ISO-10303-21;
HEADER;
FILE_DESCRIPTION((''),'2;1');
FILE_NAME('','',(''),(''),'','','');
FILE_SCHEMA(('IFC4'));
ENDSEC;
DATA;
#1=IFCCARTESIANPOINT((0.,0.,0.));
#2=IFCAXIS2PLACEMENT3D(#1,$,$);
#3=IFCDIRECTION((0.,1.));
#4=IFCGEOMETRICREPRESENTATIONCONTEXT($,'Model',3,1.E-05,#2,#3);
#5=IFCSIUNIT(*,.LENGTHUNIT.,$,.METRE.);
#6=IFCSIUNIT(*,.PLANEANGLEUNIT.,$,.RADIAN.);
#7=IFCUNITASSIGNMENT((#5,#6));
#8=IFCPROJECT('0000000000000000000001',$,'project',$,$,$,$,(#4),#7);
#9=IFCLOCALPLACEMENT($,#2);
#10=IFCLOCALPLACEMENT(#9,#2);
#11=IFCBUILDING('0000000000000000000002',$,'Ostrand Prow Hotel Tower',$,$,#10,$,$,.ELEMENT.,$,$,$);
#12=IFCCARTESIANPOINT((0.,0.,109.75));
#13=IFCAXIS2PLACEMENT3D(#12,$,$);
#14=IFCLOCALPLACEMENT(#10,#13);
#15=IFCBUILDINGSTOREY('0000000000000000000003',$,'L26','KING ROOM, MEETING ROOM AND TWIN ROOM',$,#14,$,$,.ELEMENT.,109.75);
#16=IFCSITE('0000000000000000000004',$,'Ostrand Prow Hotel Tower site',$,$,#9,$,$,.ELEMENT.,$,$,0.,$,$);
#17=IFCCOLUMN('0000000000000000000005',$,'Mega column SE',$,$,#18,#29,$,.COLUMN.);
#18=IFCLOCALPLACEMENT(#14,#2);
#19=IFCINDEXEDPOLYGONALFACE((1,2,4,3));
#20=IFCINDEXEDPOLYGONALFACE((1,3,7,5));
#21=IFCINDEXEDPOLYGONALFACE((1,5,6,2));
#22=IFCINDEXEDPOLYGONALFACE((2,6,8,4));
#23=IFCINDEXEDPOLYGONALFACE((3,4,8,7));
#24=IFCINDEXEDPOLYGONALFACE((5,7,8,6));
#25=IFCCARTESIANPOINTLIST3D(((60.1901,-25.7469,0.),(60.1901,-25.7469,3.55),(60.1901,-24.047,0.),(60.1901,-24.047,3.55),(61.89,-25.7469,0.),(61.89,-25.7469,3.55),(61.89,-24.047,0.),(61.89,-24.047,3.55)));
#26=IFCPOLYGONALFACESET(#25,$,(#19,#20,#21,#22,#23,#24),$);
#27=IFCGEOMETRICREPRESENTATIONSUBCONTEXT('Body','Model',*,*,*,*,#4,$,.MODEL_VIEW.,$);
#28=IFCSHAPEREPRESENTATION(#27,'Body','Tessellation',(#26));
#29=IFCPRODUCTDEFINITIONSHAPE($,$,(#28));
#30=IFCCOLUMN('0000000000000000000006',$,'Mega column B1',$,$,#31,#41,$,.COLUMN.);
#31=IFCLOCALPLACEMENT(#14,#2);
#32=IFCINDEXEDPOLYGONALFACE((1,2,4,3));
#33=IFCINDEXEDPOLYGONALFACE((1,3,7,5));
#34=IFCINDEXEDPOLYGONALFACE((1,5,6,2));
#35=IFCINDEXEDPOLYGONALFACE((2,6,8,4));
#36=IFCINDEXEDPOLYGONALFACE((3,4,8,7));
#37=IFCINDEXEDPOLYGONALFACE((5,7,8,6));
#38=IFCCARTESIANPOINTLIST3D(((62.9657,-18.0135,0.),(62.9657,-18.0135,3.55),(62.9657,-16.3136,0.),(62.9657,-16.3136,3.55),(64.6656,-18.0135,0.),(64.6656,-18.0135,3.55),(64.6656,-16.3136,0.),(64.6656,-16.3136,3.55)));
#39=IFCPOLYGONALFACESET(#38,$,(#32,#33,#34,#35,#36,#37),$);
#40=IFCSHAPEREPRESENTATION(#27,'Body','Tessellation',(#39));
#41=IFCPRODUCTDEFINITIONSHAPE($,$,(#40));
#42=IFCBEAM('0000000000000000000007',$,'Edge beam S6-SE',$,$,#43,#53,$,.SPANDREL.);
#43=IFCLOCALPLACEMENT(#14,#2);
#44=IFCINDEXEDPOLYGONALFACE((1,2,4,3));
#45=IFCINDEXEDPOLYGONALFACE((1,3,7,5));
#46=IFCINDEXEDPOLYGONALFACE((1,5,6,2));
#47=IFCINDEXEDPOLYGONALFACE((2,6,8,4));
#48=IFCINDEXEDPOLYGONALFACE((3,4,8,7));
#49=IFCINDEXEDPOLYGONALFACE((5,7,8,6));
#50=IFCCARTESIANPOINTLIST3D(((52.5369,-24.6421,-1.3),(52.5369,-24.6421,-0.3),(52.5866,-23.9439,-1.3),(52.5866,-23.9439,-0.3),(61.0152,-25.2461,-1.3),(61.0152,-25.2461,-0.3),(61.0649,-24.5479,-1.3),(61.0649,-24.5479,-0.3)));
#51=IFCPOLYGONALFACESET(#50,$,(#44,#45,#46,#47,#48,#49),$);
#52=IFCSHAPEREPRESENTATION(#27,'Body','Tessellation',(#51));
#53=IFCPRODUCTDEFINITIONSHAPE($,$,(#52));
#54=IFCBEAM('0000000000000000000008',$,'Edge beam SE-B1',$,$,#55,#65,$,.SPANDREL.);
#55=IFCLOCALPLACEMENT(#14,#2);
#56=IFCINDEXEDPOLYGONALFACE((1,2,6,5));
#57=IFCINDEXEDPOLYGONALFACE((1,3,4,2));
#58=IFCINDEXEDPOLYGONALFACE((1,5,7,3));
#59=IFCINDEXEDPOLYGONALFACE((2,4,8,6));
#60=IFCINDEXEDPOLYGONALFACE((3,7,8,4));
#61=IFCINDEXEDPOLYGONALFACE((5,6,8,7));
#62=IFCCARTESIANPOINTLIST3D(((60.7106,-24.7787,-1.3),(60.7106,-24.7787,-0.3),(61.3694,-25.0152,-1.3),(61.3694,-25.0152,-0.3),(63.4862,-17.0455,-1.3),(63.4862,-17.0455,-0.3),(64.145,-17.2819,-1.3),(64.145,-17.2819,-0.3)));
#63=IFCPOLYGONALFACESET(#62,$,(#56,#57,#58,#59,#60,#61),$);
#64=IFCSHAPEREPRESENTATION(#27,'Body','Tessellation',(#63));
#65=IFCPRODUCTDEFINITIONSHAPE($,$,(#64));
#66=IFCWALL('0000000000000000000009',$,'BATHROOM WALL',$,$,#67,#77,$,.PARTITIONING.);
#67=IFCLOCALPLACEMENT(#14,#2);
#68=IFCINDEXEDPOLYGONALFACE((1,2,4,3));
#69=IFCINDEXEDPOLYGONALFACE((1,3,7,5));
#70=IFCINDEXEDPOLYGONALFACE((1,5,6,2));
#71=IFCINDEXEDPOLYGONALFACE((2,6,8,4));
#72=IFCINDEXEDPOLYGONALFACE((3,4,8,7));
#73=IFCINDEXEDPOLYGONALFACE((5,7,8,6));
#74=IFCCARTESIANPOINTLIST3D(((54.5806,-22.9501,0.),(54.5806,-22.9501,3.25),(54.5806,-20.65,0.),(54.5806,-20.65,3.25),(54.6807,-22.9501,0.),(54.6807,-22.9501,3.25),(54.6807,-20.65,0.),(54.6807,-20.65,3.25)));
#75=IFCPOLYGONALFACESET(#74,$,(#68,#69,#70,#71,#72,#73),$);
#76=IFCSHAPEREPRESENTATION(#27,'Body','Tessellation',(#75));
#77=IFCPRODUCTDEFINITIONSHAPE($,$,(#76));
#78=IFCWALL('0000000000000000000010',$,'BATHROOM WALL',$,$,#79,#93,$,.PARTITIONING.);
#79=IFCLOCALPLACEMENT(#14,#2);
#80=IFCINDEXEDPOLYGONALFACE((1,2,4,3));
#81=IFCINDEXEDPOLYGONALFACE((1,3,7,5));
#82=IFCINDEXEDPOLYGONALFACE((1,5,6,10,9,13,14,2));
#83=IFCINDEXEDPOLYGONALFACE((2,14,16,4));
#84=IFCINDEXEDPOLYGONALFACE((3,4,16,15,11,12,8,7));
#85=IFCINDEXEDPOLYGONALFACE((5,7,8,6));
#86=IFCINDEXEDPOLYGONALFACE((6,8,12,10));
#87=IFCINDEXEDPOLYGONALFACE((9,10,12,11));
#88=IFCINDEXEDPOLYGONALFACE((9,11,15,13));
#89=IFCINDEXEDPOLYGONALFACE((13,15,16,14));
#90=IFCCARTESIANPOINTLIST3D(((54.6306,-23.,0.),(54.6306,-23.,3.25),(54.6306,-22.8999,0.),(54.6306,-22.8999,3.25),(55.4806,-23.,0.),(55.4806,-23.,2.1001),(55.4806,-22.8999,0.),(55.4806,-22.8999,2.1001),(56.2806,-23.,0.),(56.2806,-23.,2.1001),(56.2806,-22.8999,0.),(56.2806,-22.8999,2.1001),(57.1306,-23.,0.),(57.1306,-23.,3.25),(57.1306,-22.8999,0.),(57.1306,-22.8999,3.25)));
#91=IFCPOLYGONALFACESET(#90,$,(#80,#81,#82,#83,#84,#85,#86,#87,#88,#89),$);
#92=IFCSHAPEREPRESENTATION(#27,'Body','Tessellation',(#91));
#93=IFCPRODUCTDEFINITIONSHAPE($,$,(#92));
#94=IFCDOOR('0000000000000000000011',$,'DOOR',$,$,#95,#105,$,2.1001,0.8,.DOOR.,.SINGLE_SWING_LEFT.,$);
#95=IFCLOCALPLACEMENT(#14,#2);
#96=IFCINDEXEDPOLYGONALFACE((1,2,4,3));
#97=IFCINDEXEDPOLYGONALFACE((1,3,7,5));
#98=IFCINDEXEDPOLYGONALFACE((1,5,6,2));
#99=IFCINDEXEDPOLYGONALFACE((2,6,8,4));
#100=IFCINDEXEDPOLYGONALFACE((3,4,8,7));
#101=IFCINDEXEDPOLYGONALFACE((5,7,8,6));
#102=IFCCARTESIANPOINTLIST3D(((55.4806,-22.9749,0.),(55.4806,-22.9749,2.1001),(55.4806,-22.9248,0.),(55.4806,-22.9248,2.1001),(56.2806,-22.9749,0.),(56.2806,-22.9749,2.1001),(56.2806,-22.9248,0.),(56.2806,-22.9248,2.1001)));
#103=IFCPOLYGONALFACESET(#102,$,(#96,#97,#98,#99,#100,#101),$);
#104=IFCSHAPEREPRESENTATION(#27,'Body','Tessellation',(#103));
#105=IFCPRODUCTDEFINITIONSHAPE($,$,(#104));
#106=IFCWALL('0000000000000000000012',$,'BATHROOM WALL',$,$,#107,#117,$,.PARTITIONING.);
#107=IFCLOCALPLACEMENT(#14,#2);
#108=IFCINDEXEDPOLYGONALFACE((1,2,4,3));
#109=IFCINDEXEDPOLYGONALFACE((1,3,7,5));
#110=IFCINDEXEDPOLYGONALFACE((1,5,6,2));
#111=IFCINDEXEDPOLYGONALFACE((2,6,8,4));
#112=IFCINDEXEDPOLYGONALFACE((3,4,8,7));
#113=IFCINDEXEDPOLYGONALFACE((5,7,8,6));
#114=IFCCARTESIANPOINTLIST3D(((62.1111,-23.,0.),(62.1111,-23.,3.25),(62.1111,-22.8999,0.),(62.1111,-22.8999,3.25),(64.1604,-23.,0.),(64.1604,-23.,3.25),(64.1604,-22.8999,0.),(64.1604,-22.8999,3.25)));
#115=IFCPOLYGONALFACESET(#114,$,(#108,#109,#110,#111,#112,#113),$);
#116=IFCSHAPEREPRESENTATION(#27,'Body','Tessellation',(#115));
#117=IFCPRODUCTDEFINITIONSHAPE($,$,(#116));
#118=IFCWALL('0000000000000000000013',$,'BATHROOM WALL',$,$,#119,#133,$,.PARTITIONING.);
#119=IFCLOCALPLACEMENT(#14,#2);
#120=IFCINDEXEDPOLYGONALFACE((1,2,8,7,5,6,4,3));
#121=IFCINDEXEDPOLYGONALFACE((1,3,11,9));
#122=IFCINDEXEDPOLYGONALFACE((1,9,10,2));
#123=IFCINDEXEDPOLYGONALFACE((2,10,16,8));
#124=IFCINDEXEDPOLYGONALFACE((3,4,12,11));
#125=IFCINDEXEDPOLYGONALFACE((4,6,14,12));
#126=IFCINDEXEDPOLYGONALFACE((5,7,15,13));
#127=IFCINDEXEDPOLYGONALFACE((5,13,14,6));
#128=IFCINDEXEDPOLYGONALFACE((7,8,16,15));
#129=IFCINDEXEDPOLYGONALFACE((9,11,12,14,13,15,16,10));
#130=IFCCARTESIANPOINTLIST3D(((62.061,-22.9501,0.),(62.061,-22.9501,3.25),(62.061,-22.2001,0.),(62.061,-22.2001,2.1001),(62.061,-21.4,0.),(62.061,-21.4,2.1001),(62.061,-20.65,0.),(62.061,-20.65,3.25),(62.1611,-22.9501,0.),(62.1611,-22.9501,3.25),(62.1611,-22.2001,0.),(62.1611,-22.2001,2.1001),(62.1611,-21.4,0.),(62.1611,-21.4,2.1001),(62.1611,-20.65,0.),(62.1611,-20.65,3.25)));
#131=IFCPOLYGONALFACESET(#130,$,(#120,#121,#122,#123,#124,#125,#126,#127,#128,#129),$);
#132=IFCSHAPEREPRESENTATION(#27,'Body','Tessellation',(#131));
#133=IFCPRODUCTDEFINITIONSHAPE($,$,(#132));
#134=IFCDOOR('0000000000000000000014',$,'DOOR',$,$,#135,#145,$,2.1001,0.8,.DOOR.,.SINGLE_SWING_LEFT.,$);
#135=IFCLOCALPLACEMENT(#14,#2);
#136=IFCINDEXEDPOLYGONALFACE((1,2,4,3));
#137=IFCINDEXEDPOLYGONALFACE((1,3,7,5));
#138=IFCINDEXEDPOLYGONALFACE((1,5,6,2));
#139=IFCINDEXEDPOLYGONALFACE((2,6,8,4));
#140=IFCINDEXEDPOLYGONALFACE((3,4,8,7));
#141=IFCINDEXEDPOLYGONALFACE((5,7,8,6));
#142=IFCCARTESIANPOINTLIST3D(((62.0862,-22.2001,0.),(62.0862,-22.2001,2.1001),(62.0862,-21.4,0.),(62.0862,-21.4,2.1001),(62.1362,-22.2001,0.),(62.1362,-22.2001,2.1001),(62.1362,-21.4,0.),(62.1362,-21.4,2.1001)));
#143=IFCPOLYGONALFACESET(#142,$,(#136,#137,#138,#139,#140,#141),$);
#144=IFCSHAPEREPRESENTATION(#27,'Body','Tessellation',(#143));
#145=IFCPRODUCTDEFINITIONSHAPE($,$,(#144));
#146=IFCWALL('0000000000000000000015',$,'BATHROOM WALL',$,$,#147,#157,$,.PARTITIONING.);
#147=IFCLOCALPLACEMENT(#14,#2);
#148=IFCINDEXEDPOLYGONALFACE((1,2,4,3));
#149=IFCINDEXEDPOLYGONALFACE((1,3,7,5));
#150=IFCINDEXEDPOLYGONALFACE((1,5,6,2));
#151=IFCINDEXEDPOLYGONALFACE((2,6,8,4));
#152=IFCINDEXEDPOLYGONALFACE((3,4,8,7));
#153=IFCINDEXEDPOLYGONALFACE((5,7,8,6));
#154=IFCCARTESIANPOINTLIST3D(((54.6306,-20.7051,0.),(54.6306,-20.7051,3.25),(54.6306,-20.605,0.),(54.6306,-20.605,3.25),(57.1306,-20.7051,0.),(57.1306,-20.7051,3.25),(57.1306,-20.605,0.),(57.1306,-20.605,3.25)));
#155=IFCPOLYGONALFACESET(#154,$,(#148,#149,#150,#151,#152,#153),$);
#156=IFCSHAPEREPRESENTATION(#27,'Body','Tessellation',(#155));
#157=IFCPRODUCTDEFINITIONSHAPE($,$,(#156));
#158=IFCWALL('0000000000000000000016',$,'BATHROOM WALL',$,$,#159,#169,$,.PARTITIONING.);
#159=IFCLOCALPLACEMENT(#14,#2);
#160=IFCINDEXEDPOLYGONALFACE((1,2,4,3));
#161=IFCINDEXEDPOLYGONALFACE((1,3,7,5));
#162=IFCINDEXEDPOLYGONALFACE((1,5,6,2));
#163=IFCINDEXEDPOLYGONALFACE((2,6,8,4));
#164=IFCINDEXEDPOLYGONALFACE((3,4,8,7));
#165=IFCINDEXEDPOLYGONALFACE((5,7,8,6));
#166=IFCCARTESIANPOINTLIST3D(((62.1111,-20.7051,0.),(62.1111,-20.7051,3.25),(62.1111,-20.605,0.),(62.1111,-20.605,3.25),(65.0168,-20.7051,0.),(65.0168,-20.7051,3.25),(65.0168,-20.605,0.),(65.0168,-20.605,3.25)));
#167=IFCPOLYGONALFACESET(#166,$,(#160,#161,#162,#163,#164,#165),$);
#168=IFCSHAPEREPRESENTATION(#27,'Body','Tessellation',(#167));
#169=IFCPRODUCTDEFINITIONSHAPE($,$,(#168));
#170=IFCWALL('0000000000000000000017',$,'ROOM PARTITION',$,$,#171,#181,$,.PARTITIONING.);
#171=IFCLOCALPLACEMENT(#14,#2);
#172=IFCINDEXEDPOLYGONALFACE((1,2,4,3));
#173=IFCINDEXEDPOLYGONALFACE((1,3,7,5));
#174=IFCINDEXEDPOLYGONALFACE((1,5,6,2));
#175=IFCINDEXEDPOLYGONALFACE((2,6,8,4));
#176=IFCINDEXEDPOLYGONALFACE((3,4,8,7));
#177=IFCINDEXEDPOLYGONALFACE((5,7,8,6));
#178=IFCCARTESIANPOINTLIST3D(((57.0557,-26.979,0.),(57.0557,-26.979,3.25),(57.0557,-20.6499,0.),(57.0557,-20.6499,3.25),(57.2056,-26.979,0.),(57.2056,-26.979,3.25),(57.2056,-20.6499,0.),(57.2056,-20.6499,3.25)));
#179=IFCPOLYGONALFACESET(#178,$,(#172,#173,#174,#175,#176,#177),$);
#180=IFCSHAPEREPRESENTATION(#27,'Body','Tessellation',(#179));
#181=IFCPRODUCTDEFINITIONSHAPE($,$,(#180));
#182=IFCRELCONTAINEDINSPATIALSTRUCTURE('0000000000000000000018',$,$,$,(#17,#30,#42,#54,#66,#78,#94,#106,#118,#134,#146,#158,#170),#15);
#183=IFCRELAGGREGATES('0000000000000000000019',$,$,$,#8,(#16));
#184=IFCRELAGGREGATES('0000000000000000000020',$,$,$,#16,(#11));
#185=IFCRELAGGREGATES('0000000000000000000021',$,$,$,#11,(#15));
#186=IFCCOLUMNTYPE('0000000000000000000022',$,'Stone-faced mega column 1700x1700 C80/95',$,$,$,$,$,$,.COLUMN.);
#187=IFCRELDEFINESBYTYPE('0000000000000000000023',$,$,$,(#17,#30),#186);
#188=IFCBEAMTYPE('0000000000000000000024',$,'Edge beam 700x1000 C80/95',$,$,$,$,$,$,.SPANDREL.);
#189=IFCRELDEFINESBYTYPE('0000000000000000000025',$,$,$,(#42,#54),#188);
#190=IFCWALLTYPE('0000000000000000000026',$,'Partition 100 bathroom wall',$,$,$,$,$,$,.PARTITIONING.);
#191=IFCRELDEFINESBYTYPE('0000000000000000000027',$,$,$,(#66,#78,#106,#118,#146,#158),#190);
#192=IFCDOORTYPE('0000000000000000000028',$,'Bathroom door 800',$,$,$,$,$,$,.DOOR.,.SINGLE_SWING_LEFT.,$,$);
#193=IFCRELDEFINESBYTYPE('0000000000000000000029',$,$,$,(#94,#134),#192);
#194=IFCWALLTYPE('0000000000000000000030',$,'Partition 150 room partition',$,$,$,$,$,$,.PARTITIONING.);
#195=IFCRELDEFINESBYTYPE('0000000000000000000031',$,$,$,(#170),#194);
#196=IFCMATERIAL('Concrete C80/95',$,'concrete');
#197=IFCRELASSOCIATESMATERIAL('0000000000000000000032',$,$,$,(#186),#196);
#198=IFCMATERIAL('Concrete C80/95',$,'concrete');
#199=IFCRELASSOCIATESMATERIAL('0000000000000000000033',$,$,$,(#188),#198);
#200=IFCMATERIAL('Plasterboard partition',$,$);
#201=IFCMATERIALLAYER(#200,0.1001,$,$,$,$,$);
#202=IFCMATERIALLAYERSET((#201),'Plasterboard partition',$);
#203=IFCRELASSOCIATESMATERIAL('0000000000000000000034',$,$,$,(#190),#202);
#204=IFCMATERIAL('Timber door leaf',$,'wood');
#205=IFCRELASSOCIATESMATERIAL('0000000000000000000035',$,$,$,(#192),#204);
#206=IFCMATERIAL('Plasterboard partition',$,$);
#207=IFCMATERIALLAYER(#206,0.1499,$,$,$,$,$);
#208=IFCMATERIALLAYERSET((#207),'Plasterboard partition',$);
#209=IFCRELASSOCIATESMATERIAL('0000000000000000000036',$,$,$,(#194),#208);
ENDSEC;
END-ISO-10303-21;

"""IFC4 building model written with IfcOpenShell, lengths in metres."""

from ifc_helpers import new_model, si_unit, direction, frame, frame_2d, origin, origin_2d, place, context, subcontext, project, spatial, rectangle, extrude, material, layer, layer_set, material_profile, profile_set, type_object, element, fill, save


model = new_model("IFC4")

# Units and contexts
model_context = context("Model", 3, precision=1e-05, world=origin(), true_north=direction((0.0, 1.0)))
body_context = subcontext(model_context, "Body", "Model", "MODEL_VIEW")
ifc_project = project(units=[si_unit("LENGTHUNIT", "METRE"), si_unit("PLANEANGLEUNIT", "RADIAN")], contexts=[model_context])

# Site, building, storey
site_placement = place(None, origin())
site = spatial("IfcSite", under=ifc_project, at=site_placement, Name="Ostrand Prow Hotel Tower site", CompositionType="ELEMENT", RefElevation=0.0)
building_placement = place(site_placement, origin())
building = spatial("IfcBuilding", under=site, at=building_placement, Name="Ostrand Prow Hotel Tower", CompositionType="ELEMENT")
storey_placement = place(building_placement, frame((0.0, 0.0, 109.75)))
storey = spatial("IfcBuildingStorey", under=building, at=storey_placement, Name="L26", Description="KING ROOM, MEETING ROOM AND TWIN ROOM", CompositionType="ELEMENT", Elevation=109.75)

# Columns
ifc_material_1 = material(Name="Concrete C80/95", Category="concrete")
ifc_material_profile_1 = material_profile(ifc_material_1, rectangle(XDim=1.7, YDim=1.7, at=origin_2d()), Name="RC 1700x1700")
ifc_profile_set_1 = profile_set([ifc_material_profile_1], Name="Concrete C80/95")
column_type = type_object("IfcColumnType", Name="Stone-faced mega column 1700x1700 C80/95", PredefinedType="COLUMN", material=ifc_profile_set_1)
for number, where, z_axis, x_axis, name in (
    (1, (61.04, -24.897, 0.0), (0.0, 0.0, 1.0), (1.0, 0.0, 0.0), "Mega column SE"),
    (2, (63.8157, -17.1636, 0.0), (0.0, 0.0, 1.0), (1.0, 0.0, 0.0), "Mega column B1"),
):
    element("IfcColumn", number, at=place(storey_placement, frame(where, z_axis=z_axis, x_axis=x_axis)), inside=storey, type_object=column_type, Name=name, PredefinedType="COLUMN", context=body_context, shape_type="SweptSolid", body=[
        extrude(rectangle(XDim=1.7, YDim=1.7, at=origin_2d()), origin(), (0.0, 0.0, 1.0), 3.55),
    ])

# Beams
ifc_material_2 = material(Name="Concrete C80/95", Category="concrete")
ifc_material_profile_2 = material_profile(ifc_material_2, rectangle(XDim=0.7, YDim=1.0, at=origin_2d()), Name="RC 700x1000")
ifc_profile_set_2 = profile_set([ifc_material_profile_2], Name="Concrete C80/95")
beam_type = type_object("IfcBeamType", Name="Edge beam 700x1000 C80/95", PredefinedType="SPANDREL", material=ifc_profile_set_2)
beam_1_placement = place(storey_placement, frame((52.5618, -24.293, -0.8), z_axis=(0.997472, -0.071061, 0.0), x_axis=(0.071061, 0.997472, 0.0)))
element("IfcBeam", 3, at=beam_1_placement, inside=storey, type_object=beam_type, Name="Edge beam S6-SE", PredefinedType="SPANDREL", context=body_context, shape_type="SweptSolid", body=[
    extrude(rectangle(XDim=0.7, YDim=1.0, at=origin_2d()), origin(), (0.0, 0.0, 1.0), 8.4998),
])
beam_2_placement = place(storey_placement, frame((61.04, -24.897, -0.8), z_axis=(0.337815, 0.941212, 0.0), x_axis=(-0.941212, 0.337815, 0.0)))
element("IfcBeam", 4, at=beam_2_placement, inside=storey, type_object=beam_type, Name="Edge beam SE-B1", PredefinedType="SPANDREL", context=body_context, shape_type="SweptSolid", body=[
    extrude(rectangle(XDim=0.7, YDim=1.0, at=origin_2d()), origin(), (0.0, 0.0, 1.0), 8.2163),
])

# Wall
ifc_material_3 = material(Name="Plasterboard partition")
ifc_layer_1 = layer(ifc_material_3, 0.1001)
ifc_layer_set_1 = layer_set([ifc_layer_1], Name="Plasterboard partition")
wall_type_1 = type_object("IfcWallType", Name="Partition 100 bathroom wall", PredefinedType="PARTITIONING", material=ifc_layer_set_1)
wall_1_placement = place(storey_placement, frame((54.6306, -22.95, 0.0), z_axis=(0.0, 0.0, 1.0), x_axis=(0.0, 1.0, 0.0)))
element("IfcWall", 5, at=wall_1_placement, inside=storey, type_object=wall_type_1, Name="BATHROOM WALL", PredefinedType="PARTITIONING", context=body_context, shape_type="SweptSolid", body=[
    extrude(rectangle(XDim=2.3, YDim=0.1001, at=frame_2d((1.1499, 0.0))), origin(), (0.0, 0.0, 1.0), 3.25),
])

# Wall, opening, door
wall_2_placement = place(storey_placement, frame((57.1306, -22.95, 0.0), z_axis=(0.0, 0.0, 1.0), x_axis=(-1.0, 0.0, 0.0)))
wall_2 = element("IfcWall", 6, at=wall_2_placement, inside=storey, type_object=wall_type_1, Name="BATHROOM WALL", PredefinedType="PARTITIONING", context=body_context, shape_type="SweptSolid", body=[
    extrude(rectangle(XDim=2.5, YDim=0.1001, at=frame_2d((1.25, 0.0))), origin(), (0.0, 0.0, 1.0), 3.25),
])
opening_1_placement = place(wall_2_placement, frame((0.8501, 0.0, 0.0)))
opening_1 = element("IfcOpeningElement", 7, at=opening_1_placement, cuts=wall_2, PredefinedType="OPENING", context=body_context, shape_type="SweptSolid", body=[
    extrude(rectangle(XDim=0.8, YDim=2.1001, at=frame_2d((0.3999, 1.05))), frame((0.0, 0.0601, 0.0), z_axis=(0.0, -1.0, 0.0), x_axis=(1.0, 0.0, 0.0)), (0.0, 0.0, 1.0), 0.1201),
])
ifc_material_4 = material(Name="Timber door leaf", Category="wood")
door_type_1 = type_object("IfcDoorType", Name="Bathroom door 800", OperationType="SINGLE_SWING_LEFT", PredefinedType="DOOR", material=ifc_material_4)
door_1_placement = place(opening_1_placement, origin())
door_1 = element("IfcDoor", 8, at=door_1_placement, inside=storey, type_object=door_type_1, Name="DOOR", OperationType="SINGLE_SWING_LEFT", OverallHeight=2.1001, OverallWidth=0.8, PredefinedType="DOOR", context=body_context, shape_type="SweptSolid", body=[
    extrude(rectangle(XDim=0.8, YDim=2.1001, at=frame_2d((0.3999, 1.05))), frame((0.0, 0.0249, 0.0), z_axis=(0.0, -1.0, 0.0), x_axis=(1.0, 0.0, 0.0)), (0.0, 0.0, 1.0), 0.05),
])
fill(opening_1, door_1)

# Wall
wall_3_placement = place(storey_placement, frame((64.1604, -22.95, 0.0), z_axis=(0.0, 0.0, 1.0), x_axis=(-1.0, 0.0, 0.0)))
element("IfcWall", 9, at=wall_3_placement, inside=storey, type_object=wall_type_1, Name="BATHROOM WALL", PredefinedType="PARTITIONING", context=body_context, shape_type="SweptSolid", body=[
    extrude(rectangle(XDim=2.0493, YDim=0.1001, at=frame_2d((1.0247, 0.0))), origin(), (0.0, 0.0, 1.0), 3.25),
])

# Wall, opening, door
wall_4_placement = place(storey_placement, frame((62.1111, -22.95, 0.0), z_axis=(0.0, 0.0, 1.0), x_axis=(0.0, 1.0, 0.0)))
wall_4 = element("IfcWall", 10, at=wall_4_placement, inside=storey, type_object=wall_type_1, Name="BATHROOM WALL", PredefinedType="PARTITIONING", context=body_context, shape_type="SweptSolid", body=[
    extrude(rectangle(XDim=2.3, YDim=0.1001, at=frame_2d((1.1499, 0.0))), origin(), (0.0, 0.0, 1.0), 3.25),
])
opening_2_placement = place(wall_4_placement, frame((0.75, 0.0, 0.0)))
opening_2 = element("IfcOpeningElement", 11, at=opening_2_placement, cuts=wall_4, PredefinedType="OPENING", context=body_context, shape_type="SweptSolid", body=[
    extrude(rectangle(XDim=0.8, YDim=2.1001, at=frame_2d((0.3999, 1.05))), frame((0.0, 0.0601, 0.0), z_axis=(0.0, -1.0, 0.0), x_axis=(1.0, 0.0, 0.0)), (0.0, 0.0, 1.0), 0.1201),
])
door_2_placement = place(opening_2_placement, origin())
door_2 = element("IfcDoor", 12, at=door_2_placement, inside=storey, type_object=door_type_1, Name="DOOR", OperationType="SINGLE_SWING_LEFT", OverallHeight=2.1001, OverallWidth=0.8, PredefinedType="DOOR", context=body_context, shape_type="SweptSolid", body=[
    extrude(rectangle(XDim=0.8, YDim=2.1001, at=frame_2d((0.3999, 1.05))), frame((0.0, 0.0249, 0.0), z_axis=(0.0, -1.0, 0.0), x_axis=(1.0, 0.0, 0.0)), (0.0, 0.0, 1.0), 0.05),
])
fill(opening_2, door_2)

# Walls
wall_5_placement = place(storey_placement, frame((54.6306, -20.655, 0.0), z_axis=(0.0, 0.0, 1.0), x_axis=(1.0, 0.0, 0.0)))
element("IfcWall", 13, at=wall_5_placement, inside=storey, type_object=wall_type_1, Name="BATHROOM WALL", PredefinedType="PARTITIONING", context=body_context, shape_type="SweptSolid", body=[
    extrude(rectangle(XDim=2.5, YDim=0.1001, at=frame_2d((1.25, 0.0))), origin(), (0.0, 0.0, 1.0), 3.25),
])
wall_6_placement = place(storey_placement, frame((62.1111, -20.655, 0.0), z_axis=(0.0, 0.0, 1.0), x_axis=(1.0, 0.0, 0.0)))
element("IfcWall", 14, at=wall_6_placement, inside=storey, type_object=wall_type_1, Name="BATHROOM WALL", PredefinedType="PARTITIONING", context=body_context, shape_type="SweptSolid", body=[
    extrude(rectangle(XDim=2.9058, YDim=0.1001, at=frame_2d((1.4529, 0.0))), origin(), (0.0, 0.0, 1.0), 3.25),
])
ifc_material_5 = material(Name="Plasterboard partition")
ifc_layer_2 = layer(ifc_material_5, 0.1499)
ifc_layer_set_2 = layer_set([ifc_layer_2], Name="Plasterboard partition")
wall_type_2 = type_object("IfcWallType", Name="Partition 150 room partition", PredefinedType="PARTITIONING", material=ifc_layer_set_2)
wall_7_placement = place(storey_placement, frame((57.1306, -26.979, 0.0), z_axis=(0.0, 0.0, 1.0), x_axis=(0.0, 1.0, 0.0)))
element("IfcWall", 15, at=wall_7_placement, inside=storey, type_object=wall_type_2, Name="ROOM PARTITION", PredefinedType="PARTITIONING", context=body_context, shape_type="SweptSolid", body=[
    extrude(rectangle(XDim=6.3291, YDim=0.1499, at=frame_2d((3.1646, 0.0))), origin(), (0.0, 0.0, 1.0), 3.25),
])

save(model, "model.ifc")
